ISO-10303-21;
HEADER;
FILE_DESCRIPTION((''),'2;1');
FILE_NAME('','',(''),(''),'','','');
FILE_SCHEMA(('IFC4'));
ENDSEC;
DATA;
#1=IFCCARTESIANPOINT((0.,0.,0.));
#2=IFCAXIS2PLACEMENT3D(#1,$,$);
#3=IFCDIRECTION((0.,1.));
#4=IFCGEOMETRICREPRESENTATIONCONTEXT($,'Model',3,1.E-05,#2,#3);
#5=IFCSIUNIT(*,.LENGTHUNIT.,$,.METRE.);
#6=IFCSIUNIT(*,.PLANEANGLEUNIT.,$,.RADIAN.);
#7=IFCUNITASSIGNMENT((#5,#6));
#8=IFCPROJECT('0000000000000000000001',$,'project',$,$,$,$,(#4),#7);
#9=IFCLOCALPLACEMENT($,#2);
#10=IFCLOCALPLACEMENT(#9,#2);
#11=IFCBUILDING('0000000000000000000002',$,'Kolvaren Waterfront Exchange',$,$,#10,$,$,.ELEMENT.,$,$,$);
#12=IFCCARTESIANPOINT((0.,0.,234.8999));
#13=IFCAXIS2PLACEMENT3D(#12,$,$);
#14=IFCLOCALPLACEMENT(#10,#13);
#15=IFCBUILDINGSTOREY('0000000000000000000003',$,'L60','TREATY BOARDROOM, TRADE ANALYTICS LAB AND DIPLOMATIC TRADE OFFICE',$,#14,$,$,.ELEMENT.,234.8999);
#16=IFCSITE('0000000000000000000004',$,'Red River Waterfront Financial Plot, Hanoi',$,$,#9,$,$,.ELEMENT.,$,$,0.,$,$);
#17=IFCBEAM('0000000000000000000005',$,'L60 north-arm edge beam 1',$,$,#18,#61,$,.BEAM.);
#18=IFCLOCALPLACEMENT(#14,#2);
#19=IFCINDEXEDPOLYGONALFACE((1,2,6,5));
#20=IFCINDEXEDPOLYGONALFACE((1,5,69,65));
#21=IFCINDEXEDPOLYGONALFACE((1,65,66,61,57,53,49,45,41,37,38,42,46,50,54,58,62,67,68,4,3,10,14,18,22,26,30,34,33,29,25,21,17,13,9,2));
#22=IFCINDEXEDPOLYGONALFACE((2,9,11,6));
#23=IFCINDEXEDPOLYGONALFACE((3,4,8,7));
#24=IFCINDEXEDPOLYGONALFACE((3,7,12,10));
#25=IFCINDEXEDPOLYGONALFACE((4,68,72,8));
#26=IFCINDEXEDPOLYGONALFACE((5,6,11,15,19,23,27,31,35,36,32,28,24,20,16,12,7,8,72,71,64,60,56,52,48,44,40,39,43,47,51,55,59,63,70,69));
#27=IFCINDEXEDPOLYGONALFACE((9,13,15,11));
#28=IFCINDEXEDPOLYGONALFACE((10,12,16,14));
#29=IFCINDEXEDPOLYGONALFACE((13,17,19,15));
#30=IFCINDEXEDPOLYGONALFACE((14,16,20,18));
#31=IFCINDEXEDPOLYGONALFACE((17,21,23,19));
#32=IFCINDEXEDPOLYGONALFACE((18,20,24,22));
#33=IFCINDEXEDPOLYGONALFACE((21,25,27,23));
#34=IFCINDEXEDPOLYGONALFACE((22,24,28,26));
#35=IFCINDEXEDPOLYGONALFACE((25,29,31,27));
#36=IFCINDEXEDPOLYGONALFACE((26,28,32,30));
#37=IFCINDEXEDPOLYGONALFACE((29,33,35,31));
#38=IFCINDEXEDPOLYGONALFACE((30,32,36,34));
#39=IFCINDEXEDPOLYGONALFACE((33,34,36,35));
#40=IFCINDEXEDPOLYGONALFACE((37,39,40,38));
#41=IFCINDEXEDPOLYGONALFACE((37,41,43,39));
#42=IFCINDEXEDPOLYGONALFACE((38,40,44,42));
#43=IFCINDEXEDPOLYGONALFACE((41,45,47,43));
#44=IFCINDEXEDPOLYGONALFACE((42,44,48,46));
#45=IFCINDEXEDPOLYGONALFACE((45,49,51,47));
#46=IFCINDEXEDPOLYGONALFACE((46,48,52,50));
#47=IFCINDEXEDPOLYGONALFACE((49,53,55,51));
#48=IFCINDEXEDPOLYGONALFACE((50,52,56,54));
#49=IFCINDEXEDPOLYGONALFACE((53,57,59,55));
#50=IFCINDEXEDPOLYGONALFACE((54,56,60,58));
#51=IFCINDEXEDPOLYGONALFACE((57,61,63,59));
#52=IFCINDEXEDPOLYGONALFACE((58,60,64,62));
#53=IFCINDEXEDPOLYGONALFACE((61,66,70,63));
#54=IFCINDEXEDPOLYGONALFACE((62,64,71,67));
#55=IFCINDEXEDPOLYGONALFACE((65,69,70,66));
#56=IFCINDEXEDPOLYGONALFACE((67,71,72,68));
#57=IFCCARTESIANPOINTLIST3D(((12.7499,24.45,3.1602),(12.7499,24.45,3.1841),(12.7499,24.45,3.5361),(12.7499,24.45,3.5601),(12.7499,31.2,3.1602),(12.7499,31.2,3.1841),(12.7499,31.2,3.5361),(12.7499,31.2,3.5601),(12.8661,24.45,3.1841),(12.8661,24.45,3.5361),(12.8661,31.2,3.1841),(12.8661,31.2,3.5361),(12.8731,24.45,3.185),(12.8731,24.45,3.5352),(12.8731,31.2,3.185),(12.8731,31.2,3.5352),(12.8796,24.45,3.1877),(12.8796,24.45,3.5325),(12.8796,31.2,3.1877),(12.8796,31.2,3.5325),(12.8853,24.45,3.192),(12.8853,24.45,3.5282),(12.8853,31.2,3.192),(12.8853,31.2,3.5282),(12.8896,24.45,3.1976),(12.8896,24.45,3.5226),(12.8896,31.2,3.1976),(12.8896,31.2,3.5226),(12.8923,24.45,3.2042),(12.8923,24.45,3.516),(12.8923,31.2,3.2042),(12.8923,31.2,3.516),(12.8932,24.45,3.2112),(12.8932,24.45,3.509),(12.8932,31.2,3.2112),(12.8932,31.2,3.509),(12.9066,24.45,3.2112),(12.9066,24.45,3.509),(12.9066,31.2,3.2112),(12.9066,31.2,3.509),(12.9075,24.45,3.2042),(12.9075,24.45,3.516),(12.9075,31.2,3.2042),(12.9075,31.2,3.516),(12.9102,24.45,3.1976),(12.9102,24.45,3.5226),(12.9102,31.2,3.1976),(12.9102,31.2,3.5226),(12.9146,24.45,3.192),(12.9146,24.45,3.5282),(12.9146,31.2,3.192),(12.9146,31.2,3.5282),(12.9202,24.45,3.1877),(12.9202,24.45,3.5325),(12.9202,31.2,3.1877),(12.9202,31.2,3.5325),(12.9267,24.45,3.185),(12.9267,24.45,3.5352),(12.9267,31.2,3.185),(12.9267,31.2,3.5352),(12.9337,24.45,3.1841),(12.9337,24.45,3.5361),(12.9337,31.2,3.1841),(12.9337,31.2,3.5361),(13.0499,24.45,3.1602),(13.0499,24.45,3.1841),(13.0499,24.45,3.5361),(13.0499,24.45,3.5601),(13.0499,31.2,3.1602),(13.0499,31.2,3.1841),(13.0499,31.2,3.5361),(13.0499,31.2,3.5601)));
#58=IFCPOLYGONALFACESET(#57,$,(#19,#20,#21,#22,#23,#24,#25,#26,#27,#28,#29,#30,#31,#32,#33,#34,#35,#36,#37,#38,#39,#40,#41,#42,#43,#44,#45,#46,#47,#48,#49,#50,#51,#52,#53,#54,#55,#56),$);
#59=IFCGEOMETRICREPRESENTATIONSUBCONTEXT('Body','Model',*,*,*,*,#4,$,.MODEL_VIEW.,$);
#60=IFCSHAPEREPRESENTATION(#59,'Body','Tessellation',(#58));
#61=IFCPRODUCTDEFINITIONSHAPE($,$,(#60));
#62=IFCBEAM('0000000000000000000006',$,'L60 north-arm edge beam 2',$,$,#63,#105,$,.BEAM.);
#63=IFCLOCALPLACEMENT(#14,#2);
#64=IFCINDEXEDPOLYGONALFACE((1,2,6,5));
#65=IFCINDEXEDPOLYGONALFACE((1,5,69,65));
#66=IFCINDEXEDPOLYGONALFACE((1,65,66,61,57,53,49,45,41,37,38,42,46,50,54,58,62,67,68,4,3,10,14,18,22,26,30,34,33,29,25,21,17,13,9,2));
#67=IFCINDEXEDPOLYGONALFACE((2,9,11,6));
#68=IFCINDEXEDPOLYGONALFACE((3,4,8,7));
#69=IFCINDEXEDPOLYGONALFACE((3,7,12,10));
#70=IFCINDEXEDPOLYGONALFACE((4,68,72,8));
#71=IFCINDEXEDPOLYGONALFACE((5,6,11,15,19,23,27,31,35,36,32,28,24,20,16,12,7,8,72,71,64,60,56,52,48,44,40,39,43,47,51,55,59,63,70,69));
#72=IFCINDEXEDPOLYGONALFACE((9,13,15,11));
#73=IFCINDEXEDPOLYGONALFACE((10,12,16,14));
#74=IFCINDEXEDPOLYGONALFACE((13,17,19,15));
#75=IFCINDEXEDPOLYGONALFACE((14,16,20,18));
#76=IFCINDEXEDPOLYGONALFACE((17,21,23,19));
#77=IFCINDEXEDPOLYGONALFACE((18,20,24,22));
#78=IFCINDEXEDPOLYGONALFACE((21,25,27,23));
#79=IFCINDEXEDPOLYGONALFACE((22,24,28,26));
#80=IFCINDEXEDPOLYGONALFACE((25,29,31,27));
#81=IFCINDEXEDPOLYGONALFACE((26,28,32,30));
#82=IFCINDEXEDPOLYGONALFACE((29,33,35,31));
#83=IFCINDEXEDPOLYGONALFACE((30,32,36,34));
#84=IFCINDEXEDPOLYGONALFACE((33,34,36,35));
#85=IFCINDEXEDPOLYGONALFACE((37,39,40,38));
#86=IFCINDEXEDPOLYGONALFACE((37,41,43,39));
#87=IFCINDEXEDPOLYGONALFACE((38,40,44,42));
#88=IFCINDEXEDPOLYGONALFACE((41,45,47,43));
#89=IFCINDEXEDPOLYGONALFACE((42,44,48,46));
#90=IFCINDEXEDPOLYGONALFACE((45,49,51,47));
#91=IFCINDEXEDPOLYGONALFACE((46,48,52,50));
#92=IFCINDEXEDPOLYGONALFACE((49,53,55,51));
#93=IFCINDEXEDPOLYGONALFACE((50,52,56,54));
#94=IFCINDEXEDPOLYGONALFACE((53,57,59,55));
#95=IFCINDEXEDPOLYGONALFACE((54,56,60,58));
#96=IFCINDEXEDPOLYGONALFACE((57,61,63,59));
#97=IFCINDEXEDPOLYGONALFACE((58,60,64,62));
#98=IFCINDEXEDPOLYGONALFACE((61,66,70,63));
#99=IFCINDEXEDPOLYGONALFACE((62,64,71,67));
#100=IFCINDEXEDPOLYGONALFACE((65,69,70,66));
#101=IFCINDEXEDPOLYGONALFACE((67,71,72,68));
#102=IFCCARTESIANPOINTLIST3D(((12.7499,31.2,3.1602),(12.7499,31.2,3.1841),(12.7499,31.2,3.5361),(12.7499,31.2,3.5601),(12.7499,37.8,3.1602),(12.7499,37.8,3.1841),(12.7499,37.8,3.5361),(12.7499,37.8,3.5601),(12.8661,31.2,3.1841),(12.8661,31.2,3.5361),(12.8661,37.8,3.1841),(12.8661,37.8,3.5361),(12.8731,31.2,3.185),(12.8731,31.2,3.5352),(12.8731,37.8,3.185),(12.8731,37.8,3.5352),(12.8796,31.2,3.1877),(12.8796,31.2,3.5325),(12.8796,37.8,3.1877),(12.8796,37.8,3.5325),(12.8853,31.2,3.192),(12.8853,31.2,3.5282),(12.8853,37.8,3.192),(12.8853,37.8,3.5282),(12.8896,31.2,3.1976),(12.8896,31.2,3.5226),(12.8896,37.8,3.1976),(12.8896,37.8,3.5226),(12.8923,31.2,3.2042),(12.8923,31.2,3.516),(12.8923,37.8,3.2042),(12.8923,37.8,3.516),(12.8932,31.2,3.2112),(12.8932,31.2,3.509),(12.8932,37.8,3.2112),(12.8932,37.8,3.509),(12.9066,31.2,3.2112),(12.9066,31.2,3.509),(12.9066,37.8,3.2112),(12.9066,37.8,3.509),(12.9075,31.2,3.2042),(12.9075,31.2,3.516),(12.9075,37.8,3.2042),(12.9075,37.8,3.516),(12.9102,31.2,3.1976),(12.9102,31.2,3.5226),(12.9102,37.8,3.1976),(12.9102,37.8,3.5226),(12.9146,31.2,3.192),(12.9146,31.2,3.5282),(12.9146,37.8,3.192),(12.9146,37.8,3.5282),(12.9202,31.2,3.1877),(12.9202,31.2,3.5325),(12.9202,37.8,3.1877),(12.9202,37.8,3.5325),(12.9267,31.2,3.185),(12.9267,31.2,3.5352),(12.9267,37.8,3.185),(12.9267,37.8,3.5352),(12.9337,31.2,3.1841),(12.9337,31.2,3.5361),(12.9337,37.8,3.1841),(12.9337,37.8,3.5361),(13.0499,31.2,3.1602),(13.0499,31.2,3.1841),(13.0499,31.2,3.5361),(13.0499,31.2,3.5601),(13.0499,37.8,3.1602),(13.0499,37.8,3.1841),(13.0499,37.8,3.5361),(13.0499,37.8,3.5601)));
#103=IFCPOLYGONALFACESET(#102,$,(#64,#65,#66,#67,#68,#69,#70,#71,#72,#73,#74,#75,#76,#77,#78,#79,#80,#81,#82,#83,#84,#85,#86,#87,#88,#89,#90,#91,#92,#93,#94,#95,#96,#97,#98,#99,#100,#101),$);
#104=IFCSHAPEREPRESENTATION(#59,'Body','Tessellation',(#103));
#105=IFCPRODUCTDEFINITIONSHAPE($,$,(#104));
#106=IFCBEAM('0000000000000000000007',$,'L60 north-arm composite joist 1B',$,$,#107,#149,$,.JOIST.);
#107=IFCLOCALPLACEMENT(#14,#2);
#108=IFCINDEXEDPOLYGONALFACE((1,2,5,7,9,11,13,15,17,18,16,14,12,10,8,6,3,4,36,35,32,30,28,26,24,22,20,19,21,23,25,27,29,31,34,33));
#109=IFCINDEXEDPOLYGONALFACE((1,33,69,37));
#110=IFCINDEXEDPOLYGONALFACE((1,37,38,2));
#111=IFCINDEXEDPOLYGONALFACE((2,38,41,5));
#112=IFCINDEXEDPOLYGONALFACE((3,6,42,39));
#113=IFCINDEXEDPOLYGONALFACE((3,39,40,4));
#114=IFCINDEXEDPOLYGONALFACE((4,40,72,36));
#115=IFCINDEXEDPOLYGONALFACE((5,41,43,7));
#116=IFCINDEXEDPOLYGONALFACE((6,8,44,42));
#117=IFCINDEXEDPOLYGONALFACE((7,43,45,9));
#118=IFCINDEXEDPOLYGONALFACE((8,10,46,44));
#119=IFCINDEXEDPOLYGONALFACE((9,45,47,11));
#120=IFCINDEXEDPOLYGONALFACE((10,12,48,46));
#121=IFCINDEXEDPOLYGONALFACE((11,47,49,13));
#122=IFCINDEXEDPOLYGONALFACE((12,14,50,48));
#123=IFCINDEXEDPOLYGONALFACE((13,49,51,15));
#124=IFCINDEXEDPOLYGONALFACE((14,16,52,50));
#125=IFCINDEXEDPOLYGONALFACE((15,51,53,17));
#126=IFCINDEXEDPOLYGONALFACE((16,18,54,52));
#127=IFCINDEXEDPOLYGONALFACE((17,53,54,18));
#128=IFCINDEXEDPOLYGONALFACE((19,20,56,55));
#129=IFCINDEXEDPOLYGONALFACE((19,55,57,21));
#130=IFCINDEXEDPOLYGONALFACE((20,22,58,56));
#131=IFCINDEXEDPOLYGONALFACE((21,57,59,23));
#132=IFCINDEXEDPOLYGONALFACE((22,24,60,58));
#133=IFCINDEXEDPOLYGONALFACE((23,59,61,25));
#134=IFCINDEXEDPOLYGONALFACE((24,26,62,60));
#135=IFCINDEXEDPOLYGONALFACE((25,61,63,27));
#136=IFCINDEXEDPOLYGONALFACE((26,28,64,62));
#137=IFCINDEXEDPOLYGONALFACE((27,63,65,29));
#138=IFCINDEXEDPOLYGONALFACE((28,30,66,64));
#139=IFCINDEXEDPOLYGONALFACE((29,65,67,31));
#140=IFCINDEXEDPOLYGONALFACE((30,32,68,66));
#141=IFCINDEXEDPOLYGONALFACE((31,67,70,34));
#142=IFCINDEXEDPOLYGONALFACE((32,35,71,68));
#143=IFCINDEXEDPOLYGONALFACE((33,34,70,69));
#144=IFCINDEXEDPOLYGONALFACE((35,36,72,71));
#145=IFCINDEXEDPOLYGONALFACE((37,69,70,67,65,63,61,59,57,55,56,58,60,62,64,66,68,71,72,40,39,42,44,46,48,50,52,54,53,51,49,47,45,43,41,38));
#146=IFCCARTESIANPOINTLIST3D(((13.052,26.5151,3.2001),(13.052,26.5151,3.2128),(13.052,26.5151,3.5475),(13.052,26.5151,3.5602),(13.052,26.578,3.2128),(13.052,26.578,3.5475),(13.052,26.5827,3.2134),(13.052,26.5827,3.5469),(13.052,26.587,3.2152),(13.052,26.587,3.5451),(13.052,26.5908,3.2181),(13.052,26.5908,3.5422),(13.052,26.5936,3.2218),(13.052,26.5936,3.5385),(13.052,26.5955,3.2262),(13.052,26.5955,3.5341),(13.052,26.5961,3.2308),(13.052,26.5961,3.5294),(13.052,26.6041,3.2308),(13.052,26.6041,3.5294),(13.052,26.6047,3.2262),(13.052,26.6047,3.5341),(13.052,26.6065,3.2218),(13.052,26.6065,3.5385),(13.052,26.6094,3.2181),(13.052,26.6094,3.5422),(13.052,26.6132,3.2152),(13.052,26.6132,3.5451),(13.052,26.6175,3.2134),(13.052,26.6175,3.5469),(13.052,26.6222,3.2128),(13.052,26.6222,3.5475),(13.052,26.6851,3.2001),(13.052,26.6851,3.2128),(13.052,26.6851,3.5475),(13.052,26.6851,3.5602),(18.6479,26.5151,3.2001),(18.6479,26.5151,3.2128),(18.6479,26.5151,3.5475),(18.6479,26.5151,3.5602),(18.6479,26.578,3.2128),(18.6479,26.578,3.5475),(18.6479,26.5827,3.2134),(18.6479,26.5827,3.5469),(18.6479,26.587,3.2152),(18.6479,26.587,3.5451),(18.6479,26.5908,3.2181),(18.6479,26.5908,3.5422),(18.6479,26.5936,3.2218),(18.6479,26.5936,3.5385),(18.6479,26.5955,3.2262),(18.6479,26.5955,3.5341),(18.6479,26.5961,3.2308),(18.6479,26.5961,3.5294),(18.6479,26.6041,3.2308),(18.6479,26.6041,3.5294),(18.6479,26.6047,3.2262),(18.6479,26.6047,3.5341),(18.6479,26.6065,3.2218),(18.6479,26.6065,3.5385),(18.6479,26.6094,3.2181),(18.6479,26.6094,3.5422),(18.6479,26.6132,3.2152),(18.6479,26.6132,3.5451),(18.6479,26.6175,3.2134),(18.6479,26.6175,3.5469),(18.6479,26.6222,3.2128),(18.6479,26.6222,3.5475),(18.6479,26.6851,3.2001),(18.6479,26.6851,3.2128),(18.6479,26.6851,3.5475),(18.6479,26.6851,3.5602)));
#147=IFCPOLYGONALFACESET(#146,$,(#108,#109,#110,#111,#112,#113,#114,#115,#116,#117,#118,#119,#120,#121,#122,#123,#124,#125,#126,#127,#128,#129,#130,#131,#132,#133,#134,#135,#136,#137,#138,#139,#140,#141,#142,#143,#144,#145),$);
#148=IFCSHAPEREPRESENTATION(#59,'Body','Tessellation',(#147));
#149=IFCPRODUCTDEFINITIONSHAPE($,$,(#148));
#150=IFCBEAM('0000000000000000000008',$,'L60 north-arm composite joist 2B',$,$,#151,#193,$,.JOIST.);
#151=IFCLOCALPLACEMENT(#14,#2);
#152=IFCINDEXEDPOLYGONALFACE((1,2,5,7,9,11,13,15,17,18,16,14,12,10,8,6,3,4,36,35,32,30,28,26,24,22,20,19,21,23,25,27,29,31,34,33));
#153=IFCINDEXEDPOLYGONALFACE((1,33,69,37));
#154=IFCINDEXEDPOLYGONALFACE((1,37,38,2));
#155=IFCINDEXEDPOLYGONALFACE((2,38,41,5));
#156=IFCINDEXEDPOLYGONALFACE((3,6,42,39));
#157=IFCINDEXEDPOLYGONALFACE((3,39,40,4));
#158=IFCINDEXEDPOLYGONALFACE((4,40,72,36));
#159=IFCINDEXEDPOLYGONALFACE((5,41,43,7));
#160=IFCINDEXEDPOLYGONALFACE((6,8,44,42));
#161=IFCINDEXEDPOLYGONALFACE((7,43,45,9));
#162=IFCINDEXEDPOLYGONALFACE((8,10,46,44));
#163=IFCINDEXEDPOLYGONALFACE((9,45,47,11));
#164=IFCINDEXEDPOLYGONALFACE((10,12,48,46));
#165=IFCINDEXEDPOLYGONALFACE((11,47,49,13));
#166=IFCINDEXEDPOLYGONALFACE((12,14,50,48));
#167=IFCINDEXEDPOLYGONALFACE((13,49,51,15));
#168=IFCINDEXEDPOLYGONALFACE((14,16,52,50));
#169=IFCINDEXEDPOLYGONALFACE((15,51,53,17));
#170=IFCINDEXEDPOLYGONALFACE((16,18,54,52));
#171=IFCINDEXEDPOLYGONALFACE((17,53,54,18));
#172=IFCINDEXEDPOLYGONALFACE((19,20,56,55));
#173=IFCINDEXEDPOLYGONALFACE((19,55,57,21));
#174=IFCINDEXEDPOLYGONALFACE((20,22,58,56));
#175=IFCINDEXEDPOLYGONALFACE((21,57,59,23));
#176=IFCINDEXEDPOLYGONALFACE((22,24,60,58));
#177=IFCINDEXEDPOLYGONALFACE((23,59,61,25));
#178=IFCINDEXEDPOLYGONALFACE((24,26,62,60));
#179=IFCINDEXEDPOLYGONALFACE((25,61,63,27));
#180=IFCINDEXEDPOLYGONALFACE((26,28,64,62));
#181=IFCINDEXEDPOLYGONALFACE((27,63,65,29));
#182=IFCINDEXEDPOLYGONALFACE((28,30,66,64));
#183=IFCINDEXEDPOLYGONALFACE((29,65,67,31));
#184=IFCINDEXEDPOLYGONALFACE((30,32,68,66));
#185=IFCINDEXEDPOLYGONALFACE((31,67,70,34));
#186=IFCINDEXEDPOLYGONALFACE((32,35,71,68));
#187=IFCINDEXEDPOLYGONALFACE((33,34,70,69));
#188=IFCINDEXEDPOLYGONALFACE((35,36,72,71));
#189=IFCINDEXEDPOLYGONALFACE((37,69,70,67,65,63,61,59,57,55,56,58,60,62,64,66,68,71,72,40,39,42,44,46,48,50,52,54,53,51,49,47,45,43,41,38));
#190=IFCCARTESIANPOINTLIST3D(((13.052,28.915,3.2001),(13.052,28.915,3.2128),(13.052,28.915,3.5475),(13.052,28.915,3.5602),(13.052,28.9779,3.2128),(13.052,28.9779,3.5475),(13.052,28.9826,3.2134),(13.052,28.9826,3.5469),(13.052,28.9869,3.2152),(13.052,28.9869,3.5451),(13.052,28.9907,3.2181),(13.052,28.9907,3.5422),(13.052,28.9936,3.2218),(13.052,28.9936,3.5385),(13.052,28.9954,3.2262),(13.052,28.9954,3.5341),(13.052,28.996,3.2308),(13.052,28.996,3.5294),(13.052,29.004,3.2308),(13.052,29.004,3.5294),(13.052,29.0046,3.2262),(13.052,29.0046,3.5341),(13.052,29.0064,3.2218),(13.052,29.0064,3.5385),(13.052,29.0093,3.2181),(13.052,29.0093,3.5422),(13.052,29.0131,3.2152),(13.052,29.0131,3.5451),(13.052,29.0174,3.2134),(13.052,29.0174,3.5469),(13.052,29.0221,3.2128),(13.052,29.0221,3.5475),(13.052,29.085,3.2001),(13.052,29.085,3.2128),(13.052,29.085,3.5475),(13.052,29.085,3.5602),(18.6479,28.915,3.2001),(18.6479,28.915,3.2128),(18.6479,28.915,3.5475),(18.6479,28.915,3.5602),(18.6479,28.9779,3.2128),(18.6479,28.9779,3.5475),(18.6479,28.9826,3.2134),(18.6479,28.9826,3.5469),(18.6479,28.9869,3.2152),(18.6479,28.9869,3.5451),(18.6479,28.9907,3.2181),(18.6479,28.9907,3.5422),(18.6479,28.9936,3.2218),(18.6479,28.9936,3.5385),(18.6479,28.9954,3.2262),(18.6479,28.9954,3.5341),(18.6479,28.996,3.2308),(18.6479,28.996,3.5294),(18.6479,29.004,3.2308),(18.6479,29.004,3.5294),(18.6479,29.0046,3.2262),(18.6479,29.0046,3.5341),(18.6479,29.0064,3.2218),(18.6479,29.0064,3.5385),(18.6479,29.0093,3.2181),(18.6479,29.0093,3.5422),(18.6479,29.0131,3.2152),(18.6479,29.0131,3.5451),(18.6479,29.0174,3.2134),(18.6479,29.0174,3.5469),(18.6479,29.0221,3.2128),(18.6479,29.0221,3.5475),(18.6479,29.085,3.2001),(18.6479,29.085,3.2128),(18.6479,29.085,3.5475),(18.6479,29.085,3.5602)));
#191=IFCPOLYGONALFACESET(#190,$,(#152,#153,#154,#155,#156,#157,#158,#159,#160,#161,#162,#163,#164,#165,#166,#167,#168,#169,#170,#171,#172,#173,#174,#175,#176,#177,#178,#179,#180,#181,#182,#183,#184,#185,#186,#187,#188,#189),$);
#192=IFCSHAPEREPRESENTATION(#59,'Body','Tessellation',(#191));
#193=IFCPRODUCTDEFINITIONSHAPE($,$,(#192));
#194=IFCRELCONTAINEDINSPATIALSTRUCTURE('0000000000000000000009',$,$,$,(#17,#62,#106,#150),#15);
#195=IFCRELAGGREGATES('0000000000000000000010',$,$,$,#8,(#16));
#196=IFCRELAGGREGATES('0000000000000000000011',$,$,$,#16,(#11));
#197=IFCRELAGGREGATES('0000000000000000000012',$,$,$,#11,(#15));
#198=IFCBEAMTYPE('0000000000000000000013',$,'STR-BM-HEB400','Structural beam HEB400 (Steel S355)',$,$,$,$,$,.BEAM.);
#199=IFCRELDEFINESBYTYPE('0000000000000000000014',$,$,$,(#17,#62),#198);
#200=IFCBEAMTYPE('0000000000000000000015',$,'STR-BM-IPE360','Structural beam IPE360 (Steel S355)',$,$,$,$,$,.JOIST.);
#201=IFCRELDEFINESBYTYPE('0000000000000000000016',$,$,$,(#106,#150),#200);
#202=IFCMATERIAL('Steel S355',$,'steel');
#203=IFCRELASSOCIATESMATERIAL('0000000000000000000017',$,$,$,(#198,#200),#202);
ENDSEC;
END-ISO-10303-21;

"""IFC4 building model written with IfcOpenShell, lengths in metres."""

from ifc_helpers import new_model, si_unit, direction, frame, origin, origin_2d, place, context, subcontext, project, spatial, i_section, extrude, material, material_profile, profile_set, type_object, element, save


model = new_model("IFC4")

# Units and contexts
model_context = context("Model", 3, precision=1e-05, world=origin(), true_north=direction((0.0, 1.0)))
body_context = subcontext(model_context, "Body", "Model", "MODEL_VIEW")
ifc_project = project(units=[si_unit("LENGTHUNIT", "METRE"), si_unit("PLANEANGLEUNIT", "RADIAN")], contexts=[model_context])

# Site, building, storey
site_placement = place(None, origin())
site = spatial("IfcSite", under=ifc_project, at=site_placement, Name="Red River Waterfront Financial Plot, Hanoi", CompositionType="ELEMENT", RefElevation=0.0)
building_placement = place(site_placement, origin())
building = spatial("IfcBuilding", under=site, at=building_placement, Name="Kolvaren Waterfront Exchange", CompositionType="ELEMENT")
storey_placement = place(building_placement, frame((0.0, 0.0, 234.8999)))
storey = spatial("IfcBuildingStorey", under=building, at=storey_placement, Name="L60", Description="TREATY BOARDROOM, TRADE ANALYTICS LAB AND DIPLOMATIC TRADE OFFICE", CompositionType="ELEMENT", Elevation=234.8999)

# Beams
ifc_material_1 = material(Name="Steel S355", Category="steel")
ifc_material_profile_1 = material_profile(ifc_material_1, i_section(OverallWidth=0.3, OverallDepth=0.3999, WebThickness=0.0134, FlangeThickness=0.0239, FilletRadius=0.0271, at=origin_2d()), Name="HEB400")
ifc_profile_set_1 = profile_set([ifc_material_profile_1], Name="Steel S355")
beam_type_1 = type_object("IfcBeamType", Name="STR-BM-HEB400", Description="Structural beam HEB400 (Steel S355)", PredefinedType="BEAM", material=ifc_profile_set_1)
beam_1_placement = place(storey_placement, frame((12.8999, 24.45, 3.3601), z_axis=(0.0, 1.0, 0.0), x_axis=(-1.0, 0.0, 0.0)))
element("IfcBeam", 1, at=beam_1_placement, inside=storey, type_object=beam_type_1, Name="L60 north-arm edge beam 1", PredefinedType="BEAM", context=body_context, shape_type="SweptSolid", body=[
    extrude(i_section(OverallWidth=0.3, OverallDepth=0.3999, WebThickness=0.0134, FlangeThickness=0.0239, FilletRadius=0.0271, at=origin_2d()), origin(), (0.0, 0.0, 1.0), 6.75),
])
beam_2_placement = place(storey_placement, frame((12.8999, 31.2, 3.3601), z_axis=(0.0, 1.0, 0.0), x_axis=(-1.0, 0.0, 0.0)))
element("IfcBeam", 2, at=beam_2_placement, inside=storey, type_object=beam_type_1, Name="L60 north-arm edge beam 2", PredefinedType="BEAM", context=body_context, shape_type="SweptSolid", body=[
    extrude(i_section(OverallWidth=0.3, OverallDepth=0.3999, WebThickness=0.0134, FlangeThickness=0.0239, FilletRadius=0.0271, at=origin_2d()), origin(), (0.0, 0.0, 1.0), 6.6001),
])
ifc_material_profile_2 = material_profile(ifc_material_1, i_section(OverallWidth=0.1699, OverallDepth=0.3601, WebThickness=0.0081, FlangeThickness=0.0127, FilletRadius=0.0181, at=origin_2d()), Name="IPE360")
ifc_profile_set_2 = profile_set([ifc_material_profile_2], Name="Steel S355")
beam_type_2 = type_object("IfcBeamType", Name="STR-BM-IPE360", Description="Structural beam IPE360 (Steel S355)", PredefinedType="JOIST", material=ifc_profile_set_2)
for number, where, z_axis, x_axis, name in (
    (3, (13.052, 26.6001, 3.3801), (1.0, 0.0, 0.0), (0.0, 1.0, 0.0), "L60 north-arm composite joist 1B"),
    (4, (13.052, 29.0, 3.3801), (1.0, 0.0, 0.0), (0.0, 1.0, 0.0), "L60 north-arm composite joist 2B"),
):
    element("IfcBeam", number, at=place(storey_placement, frame(where, z_axis=z_axis, x_axis=x_axis)), inside=storey, type_object=beam_type_2, Name=name, PredefinedType="JOIST", context=body_context, shape_type="SweptSolid", body=[
        extrude(i_section(OverallWidth=0.1699, OverallDepth=0.3601, WebThickness=0.0081, FlangeThickness=0.0127, FilletRadius=0.0181, at=origin_2d()), origin(), (0.0, 0.0, 1.0), 5.5959),
    ])

save(model, "model.ifc")
